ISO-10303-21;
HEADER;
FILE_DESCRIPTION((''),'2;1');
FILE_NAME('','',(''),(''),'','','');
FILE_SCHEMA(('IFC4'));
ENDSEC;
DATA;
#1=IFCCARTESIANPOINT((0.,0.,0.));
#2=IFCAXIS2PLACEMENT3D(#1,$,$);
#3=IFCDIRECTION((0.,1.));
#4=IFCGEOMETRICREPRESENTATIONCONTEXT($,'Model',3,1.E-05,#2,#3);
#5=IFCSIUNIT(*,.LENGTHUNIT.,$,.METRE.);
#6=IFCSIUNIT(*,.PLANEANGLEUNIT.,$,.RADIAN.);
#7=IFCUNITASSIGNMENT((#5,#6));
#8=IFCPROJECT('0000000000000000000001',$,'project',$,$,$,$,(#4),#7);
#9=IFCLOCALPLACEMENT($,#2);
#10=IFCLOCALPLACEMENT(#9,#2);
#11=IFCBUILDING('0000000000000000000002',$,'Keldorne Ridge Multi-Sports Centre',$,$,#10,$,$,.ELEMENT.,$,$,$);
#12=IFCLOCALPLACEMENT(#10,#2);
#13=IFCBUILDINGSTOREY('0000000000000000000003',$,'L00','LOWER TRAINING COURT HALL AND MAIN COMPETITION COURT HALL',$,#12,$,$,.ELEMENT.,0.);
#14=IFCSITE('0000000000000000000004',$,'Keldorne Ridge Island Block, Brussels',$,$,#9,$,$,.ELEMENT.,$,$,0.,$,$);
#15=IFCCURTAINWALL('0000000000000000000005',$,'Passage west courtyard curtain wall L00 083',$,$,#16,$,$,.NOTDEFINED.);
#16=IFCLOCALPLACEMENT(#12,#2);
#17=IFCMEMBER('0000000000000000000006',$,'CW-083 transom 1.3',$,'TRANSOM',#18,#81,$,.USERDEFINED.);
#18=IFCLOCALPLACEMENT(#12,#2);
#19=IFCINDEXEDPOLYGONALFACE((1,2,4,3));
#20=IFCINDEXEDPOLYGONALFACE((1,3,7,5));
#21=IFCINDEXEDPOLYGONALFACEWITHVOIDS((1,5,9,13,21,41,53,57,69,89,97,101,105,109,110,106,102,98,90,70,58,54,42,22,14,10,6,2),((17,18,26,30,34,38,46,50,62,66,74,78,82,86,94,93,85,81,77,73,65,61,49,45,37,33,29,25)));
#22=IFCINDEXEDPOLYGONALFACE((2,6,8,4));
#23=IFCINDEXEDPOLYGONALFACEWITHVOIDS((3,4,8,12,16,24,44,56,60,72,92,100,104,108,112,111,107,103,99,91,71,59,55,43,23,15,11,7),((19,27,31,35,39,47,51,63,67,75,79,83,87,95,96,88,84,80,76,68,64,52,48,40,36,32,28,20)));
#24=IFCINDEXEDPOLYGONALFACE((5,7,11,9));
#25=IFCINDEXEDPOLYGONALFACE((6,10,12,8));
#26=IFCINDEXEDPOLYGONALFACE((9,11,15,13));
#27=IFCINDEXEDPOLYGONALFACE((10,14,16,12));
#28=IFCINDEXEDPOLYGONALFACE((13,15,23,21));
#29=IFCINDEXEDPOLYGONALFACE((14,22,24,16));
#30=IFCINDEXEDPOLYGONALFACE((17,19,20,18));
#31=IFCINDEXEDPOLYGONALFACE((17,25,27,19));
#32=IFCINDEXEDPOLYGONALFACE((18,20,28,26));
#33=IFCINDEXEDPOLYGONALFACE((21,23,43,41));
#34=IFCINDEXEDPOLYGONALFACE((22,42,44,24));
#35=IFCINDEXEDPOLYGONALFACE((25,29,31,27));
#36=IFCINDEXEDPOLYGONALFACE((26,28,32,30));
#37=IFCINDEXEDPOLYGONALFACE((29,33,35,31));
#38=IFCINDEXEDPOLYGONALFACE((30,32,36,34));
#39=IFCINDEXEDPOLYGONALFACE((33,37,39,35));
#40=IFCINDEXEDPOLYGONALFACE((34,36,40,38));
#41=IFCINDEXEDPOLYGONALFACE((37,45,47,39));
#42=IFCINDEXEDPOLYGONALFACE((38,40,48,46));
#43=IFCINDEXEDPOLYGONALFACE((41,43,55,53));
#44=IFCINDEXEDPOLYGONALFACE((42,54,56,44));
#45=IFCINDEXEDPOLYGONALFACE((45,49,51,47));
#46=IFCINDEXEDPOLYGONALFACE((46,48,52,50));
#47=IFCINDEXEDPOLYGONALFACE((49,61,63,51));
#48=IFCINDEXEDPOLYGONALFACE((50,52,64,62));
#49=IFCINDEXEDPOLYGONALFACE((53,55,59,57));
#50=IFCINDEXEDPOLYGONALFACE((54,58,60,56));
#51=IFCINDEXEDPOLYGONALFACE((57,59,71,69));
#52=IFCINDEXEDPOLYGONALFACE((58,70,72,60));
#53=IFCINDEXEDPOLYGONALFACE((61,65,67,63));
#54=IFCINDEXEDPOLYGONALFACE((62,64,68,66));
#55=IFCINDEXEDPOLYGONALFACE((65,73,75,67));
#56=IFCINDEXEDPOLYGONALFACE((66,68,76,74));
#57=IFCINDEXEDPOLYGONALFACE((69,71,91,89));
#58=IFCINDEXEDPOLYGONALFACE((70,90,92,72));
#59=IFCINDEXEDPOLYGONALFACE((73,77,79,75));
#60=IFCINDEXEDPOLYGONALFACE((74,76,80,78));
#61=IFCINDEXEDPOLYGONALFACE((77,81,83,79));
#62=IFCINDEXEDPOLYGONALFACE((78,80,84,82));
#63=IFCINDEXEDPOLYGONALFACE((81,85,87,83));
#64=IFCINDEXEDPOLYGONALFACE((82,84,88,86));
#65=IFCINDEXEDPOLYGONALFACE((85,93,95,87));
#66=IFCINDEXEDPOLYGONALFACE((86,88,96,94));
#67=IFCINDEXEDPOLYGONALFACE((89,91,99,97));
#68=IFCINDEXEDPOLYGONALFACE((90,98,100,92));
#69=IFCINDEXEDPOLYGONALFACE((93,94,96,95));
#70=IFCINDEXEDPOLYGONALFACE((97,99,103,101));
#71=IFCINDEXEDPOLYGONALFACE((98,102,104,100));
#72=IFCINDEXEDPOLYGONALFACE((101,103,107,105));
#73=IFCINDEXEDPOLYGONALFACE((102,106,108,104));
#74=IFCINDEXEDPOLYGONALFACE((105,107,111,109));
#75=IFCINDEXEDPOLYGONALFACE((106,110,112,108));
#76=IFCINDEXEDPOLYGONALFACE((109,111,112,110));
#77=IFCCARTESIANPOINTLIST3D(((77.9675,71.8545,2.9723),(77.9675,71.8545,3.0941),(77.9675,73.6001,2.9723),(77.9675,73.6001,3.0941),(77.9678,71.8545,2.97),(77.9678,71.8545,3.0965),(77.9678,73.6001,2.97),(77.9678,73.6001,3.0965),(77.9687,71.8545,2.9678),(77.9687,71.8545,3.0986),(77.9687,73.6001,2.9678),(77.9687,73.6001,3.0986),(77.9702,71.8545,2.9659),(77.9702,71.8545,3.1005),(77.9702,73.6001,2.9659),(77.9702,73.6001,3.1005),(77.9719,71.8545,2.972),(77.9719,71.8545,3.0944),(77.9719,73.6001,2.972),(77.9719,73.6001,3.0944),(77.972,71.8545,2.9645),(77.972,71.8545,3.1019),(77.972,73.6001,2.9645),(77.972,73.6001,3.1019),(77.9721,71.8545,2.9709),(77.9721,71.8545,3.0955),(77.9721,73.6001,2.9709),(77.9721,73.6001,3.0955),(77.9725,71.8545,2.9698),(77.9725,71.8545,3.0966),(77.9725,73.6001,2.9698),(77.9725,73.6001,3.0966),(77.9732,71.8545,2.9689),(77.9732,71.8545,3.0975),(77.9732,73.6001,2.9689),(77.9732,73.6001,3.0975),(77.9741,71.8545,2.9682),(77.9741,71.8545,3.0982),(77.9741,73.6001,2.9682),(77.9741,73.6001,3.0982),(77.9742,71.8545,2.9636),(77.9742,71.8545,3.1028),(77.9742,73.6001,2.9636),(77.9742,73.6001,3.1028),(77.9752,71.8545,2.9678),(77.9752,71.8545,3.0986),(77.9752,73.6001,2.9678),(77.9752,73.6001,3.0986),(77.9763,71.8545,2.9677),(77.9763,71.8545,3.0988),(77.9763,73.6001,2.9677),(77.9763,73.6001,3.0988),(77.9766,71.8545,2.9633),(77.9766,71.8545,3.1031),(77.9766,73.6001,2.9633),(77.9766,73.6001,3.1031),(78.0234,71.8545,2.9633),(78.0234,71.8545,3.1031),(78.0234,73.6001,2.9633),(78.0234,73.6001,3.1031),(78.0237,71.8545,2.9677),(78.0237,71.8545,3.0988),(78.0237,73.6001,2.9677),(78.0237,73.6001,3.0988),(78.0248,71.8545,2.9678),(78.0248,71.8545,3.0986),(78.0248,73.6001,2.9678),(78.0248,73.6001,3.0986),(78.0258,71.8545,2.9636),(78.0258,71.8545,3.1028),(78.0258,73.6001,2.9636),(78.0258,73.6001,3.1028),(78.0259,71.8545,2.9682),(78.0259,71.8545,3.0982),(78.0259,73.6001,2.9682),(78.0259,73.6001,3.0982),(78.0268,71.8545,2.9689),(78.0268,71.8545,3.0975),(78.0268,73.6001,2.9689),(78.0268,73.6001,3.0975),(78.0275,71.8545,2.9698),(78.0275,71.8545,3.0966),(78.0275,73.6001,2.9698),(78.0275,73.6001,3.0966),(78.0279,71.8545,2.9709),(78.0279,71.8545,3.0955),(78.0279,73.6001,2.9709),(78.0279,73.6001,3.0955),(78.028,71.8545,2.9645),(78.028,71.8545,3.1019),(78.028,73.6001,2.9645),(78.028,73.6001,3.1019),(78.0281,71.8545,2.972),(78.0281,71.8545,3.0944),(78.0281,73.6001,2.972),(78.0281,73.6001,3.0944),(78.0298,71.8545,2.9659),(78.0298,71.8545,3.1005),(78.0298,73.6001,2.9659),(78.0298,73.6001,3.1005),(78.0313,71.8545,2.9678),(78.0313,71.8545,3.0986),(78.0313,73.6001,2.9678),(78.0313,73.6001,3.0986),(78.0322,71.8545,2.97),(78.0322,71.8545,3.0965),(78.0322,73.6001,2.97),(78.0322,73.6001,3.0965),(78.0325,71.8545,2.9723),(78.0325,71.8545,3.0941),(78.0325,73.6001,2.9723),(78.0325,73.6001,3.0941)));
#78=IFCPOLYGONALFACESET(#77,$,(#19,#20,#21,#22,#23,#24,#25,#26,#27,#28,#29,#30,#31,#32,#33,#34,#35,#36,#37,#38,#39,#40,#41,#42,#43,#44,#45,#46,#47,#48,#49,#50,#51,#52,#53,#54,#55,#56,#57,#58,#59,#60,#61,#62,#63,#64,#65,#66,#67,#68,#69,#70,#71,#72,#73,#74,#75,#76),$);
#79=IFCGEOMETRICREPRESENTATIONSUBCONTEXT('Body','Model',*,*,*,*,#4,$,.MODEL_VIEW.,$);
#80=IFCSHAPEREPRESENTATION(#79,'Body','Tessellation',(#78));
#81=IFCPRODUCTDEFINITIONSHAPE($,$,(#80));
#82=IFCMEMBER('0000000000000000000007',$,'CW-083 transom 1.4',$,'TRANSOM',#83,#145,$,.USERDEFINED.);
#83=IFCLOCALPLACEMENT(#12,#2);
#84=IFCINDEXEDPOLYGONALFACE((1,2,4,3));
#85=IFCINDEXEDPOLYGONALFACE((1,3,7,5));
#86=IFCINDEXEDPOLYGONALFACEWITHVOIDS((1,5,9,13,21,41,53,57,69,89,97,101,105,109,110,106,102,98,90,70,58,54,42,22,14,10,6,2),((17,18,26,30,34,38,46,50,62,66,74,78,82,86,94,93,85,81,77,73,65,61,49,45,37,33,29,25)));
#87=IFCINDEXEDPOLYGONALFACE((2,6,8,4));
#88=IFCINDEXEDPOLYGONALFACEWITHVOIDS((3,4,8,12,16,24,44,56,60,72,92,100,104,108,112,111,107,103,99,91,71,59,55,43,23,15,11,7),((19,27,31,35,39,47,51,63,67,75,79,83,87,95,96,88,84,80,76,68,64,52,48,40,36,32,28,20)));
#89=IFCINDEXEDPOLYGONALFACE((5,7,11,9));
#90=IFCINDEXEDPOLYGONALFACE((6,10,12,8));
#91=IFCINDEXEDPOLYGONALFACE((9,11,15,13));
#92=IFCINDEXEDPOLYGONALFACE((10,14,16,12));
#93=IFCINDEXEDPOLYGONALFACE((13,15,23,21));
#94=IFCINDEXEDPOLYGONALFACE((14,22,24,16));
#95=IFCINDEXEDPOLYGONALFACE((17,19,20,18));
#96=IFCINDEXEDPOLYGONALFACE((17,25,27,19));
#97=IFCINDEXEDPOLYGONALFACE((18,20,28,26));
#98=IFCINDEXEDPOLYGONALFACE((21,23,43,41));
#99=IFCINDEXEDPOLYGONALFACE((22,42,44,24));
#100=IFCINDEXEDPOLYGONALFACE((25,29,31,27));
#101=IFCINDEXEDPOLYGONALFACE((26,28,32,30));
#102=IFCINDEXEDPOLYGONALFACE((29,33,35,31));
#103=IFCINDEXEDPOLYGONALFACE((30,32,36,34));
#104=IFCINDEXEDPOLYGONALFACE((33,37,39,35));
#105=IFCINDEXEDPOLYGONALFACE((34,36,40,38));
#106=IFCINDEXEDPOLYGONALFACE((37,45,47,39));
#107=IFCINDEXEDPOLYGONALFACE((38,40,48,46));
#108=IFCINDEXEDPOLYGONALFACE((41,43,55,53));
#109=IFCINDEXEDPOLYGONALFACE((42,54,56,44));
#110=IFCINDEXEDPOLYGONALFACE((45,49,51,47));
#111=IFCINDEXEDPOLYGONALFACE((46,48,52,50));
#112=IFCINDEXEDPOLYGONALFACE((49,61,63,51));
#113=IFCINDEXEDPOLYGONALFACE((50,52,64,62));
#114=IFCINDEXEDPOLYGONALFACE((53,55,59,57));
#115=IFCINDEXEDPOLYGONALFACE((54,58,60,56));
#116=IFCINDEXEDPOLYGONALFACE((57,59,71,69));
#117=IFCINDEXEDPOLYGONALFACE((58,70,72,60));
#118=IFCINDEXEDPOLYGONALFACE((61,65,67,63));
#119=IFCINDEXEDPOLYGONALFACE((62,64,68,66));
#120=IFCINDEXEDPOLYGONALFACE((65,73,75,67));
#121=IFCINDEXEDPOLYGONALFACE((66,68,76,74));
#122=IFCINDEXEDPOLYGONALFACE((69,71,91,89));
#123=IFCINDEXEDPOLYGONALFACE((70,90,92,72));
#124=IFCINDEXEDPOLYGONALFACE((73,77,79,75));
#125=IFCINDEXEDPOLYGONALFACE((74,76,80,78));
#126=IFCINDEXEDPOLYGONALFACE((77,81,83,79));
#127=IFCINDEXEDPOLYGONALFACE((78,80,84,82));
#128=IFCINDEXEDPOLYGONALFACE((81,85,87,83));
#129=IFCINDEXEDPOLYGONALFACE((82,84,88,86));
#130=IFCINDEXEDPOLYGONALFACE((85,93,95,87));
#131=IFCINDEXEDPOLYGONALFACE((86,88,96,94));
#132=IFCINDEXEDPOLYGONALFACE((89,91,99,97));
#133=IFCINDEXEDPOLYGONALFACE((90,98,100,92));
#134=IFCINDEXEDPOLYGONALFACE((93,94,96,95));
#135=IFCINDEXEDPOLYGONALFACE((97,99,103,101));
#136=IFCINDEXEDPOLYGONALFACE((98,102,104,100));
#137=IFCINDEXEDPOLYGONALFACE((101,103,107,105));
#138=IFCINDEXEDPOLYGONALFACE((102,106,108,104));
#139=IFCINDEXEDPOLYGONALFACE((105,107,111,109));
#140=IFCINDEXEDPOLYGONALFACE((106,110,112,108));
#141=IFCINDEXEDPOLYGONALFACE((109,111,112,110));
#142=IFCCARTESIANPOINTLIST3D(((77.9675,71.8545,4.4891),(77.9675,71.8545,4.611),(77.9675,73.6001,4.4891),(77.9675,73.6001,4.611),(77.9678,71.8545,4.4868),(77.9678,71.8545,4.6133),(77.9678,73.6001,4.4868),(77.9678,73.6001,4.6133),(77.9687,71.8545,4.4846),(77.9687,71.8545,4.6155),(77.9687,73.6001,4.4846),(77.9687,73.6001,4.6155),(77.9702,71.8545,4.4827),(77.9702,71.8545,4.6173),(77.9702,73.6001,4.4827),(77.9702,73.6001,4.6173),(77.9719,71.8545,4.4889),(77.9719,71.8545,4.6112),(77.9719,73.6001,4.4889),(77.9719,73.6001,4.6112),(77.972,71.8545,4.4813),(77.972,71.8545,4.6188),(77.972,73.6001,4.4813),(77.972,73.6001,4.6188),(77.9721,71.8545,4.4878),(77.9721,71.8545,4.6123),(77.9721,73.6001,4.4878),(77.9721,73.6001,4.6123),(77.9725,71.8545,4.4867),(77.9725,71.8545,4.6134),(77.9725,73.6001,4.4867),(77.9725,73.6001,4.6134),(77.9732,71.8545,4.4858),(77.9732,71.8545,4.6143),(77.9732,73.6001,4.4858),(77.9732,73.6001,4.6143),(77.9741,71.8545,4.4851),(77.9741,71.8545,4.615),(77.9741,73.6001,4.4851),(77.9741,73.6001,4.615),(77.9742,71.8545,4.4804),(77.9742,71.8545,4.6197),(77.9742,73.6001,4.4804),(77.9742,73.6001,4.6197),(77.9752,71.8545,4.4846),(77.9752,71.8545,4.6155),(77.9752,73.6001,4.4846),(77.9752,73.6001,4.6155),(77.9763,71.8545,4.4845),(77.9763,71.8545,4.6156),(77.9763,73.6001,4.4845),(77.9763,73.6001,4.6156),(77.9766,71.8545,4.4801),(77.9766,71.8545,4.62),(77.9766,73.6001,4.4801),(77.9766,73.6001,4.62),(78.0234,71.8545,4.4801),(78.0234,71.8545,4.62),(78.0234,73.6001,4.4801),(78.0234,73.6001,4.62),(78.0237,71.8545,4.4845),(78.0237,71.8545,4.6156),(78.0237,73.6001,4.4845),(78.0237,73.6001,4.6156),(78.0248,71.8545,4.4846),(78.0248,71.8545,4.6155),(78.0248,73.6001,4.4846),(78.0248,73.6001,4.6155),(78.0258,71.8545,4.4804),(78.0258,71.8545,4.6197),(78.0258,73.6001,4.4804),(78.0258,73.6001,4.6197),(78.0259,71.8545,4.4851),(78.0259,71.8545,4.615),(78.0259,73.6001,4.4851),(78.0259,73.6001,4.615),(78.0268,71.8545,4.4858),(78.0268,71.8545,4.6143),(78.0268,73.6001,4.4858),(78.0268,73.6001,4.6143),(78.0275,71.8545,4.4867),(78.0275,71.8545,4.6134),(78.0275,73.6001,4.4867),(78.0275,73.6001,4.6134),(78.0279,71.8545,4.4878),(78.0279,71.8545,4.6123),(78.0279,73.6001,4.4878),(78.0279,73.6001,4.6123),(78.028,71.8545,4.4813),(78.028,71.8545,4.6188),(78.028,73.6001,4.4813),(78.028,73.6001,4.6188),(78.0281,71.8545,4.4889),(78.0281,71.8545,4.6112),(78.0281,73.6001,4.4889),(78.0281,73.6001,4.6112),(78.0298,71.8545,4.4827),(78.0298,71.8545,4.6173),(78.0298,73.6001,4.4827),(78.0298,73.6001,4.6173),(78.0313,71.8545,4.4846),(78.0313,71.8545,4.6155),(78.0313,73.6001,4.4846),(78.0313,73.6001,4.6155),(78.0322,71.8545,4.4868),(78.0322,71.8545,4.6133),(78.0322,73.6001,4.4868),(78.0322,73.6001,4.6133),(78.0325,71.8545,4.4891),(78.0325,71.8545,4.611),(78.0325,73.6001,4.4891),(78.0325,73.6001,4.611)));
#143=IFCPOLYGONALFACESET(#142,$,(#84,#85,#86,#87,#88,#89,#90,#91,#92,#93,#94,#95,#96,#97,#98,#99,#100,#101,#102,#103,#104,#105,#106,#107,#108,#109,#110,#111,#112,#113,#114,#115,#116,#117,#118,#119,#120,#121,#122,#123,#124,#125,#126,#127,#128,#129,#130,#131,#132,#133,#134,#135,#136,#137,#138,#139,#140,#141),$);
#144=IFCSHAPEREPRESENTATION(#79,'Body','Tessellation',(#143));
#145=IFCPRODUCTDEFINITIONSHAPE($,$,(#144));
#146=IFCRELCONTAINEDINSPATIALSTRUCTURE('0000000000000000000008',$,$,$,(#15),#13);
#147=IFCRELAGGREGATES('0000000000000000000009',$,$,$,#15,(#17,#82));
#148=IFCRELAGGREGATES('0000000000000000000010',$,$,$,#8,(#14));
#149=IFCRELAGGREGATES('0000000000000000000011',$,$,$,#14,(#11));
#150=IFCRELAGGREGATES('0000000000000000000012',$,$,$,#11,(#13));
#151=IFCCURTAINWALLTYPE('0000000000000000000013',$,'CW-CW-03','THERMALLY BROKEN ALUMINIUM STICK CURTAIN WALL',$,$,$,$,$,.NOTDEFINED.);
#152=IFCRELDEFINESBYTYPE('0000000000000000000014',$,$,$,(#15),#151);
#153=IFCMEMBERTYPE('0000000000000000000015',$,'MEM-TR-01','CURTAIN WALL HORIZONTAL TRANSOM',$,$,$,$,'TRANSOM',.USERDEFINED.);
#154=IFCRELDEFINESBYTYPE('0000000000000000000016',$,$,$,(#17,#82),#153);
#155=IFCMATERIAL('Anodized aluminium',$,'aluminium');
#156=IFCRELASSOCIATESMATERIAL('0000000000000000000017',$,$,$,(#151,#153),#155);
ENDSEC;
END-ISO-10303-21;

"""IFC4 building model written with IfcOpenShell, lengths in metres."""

from ifc_helpers import new_model, si_unit, direction, frame, origin, origin_2d, place, context, subcontext, project, spatial, hollow_rectangle, extrude, material, material_profile, profile_set, type_object, element, aggregate, save


model = new_model("IFC4")

# Units and contexts
model_context = context("Model", 3, precision=1e-05, world=origin(), true_north=direction((0.0, 1.0)))
body_context = subcontext(model_context, "Body", "Model", "MODEL_VIEW")
ifc_project = project(units=[si_unit("LENGTHUNIT", "METRE"), si_unit("PLANEANGLEUNIT", "RADIAN")], contexts=[model_context])

# Site, building, storey
site_placement = place(None, origin())
site = spatial("IfcSite", under=ifc_project, at=site_placement, Name="Keldorne Ridge Island Block, Brussels", CompositionType="ELEMENT", RefElevation=0.0)
building_placement = place(site_placement, origin())
building = spatial("IfcBuilding", under=site, at=building_placement, Name="Keldorne Ridge Multi-Sports Centre", CompositionType="ELEMENT")
storey_placement = place(building_placement, origin())
storey = spatial("IfcBuildingStorey", under=building, at=storey_placement, Name="L00", Description="LOWER TRAINING COURT HALL AND MAIN COMPETITION COURT HALL", CompositionType="ELEMENT", Elevation=0.0)

# Curtain wall, members
ifc_material_1 = material(Name="Anodized aluminium", Category="aluminium")
curtain_wall_type = type_object("IfcCurtainWallType", Name="CW-CW-03", Description="THERMALLY BROKEN ALUMINIUM STICK CURTAIN WALL", PredefinedType="NOTDEFINED", material=ifc_material_1)
curtain_wall_placement = place(storey_placement, origin())
curtain_wall = element("IfcCurtainWall", 1, at=curtain_wall_placement, inside=storey, type_object=curtain_wall_type, Name="Passage west courtyard curtain wall L00 083", PredefinedType="NOTDEFINED")
ifc_material_profile_1 = material_profile(ifc_material_1, hollow_rectangle(XDim=0.0649, YDim=0.1399, WallThickness=0.0044, InnerFilletRadius=0.0044, OuterFilletRadius=0.009, at=origin_2d()), Name="ALU TRANSOM 140x65x4.5")
ifc_profile_set_1 = profile_set([ifc_material_profile_1], Name="Anodized aluminium")
member_type_1 = type_object("IfcMemberType", Name="MEM-TR-01", Description="CURTAIN WALL HORIZONTAL TRANSOM", ElementType="TRANSOM", PredefinedType="USERDEFINED", material=ifc_profile_set_1)
member_1_placement = place(storey_placement, frame((78.0, 73.6001, 3.0332), z_axis=(0.0, -1.0, 0.0), x_axis=(1.0, 0.0, 0.0)))
member_1 = element("IfcMember", 2, at=member_1_placement, type_object=member_type_1, Name="CW-083 transom 1.3", ObjectType="TRANSOM", PredefinedType="USERDEFINED", context=body_context, shape_type="SweptSolid", body=[
    extrude(hollow_rectangle(XDim=0.0649, YDim=0.1399, WallThickness=0.0044, InnerFilletRadius=0.0044, OuterFilletRadius=0.009, at=origin_2d()), origin(), (0.0, 0.0, 1.0), 1.7456),
])
member_2_placement = place(storey_placement, frame((78.0, 73.6001, 4.55), z_axis=(0.0, -1.0, 0.0), x_axis=(1.0, 0.0, 0.0)))
member_2 = element("IfcMember", 3, at=member_2_placement, type_object=member_type_1, Name="CW-083 transom 1.4", ObjectType="TRANSOM", PredefinedType="USERDEFINED", context=body_context, shape_type="SweptSolid", body=[
    extrude(hollow_rectangle(XDim=0.0649, YDim=0.1399, WallThickness=0.0044, InnerFilletRadius=0.0044, OuterFilletRadius=0.009, at=origin_2d()), origin(), (0.0, 0.0, 1.0), 1.7456),
])
aggregate(curtain_wall, [member_1, member_2])

save(model, "model.ifc")
